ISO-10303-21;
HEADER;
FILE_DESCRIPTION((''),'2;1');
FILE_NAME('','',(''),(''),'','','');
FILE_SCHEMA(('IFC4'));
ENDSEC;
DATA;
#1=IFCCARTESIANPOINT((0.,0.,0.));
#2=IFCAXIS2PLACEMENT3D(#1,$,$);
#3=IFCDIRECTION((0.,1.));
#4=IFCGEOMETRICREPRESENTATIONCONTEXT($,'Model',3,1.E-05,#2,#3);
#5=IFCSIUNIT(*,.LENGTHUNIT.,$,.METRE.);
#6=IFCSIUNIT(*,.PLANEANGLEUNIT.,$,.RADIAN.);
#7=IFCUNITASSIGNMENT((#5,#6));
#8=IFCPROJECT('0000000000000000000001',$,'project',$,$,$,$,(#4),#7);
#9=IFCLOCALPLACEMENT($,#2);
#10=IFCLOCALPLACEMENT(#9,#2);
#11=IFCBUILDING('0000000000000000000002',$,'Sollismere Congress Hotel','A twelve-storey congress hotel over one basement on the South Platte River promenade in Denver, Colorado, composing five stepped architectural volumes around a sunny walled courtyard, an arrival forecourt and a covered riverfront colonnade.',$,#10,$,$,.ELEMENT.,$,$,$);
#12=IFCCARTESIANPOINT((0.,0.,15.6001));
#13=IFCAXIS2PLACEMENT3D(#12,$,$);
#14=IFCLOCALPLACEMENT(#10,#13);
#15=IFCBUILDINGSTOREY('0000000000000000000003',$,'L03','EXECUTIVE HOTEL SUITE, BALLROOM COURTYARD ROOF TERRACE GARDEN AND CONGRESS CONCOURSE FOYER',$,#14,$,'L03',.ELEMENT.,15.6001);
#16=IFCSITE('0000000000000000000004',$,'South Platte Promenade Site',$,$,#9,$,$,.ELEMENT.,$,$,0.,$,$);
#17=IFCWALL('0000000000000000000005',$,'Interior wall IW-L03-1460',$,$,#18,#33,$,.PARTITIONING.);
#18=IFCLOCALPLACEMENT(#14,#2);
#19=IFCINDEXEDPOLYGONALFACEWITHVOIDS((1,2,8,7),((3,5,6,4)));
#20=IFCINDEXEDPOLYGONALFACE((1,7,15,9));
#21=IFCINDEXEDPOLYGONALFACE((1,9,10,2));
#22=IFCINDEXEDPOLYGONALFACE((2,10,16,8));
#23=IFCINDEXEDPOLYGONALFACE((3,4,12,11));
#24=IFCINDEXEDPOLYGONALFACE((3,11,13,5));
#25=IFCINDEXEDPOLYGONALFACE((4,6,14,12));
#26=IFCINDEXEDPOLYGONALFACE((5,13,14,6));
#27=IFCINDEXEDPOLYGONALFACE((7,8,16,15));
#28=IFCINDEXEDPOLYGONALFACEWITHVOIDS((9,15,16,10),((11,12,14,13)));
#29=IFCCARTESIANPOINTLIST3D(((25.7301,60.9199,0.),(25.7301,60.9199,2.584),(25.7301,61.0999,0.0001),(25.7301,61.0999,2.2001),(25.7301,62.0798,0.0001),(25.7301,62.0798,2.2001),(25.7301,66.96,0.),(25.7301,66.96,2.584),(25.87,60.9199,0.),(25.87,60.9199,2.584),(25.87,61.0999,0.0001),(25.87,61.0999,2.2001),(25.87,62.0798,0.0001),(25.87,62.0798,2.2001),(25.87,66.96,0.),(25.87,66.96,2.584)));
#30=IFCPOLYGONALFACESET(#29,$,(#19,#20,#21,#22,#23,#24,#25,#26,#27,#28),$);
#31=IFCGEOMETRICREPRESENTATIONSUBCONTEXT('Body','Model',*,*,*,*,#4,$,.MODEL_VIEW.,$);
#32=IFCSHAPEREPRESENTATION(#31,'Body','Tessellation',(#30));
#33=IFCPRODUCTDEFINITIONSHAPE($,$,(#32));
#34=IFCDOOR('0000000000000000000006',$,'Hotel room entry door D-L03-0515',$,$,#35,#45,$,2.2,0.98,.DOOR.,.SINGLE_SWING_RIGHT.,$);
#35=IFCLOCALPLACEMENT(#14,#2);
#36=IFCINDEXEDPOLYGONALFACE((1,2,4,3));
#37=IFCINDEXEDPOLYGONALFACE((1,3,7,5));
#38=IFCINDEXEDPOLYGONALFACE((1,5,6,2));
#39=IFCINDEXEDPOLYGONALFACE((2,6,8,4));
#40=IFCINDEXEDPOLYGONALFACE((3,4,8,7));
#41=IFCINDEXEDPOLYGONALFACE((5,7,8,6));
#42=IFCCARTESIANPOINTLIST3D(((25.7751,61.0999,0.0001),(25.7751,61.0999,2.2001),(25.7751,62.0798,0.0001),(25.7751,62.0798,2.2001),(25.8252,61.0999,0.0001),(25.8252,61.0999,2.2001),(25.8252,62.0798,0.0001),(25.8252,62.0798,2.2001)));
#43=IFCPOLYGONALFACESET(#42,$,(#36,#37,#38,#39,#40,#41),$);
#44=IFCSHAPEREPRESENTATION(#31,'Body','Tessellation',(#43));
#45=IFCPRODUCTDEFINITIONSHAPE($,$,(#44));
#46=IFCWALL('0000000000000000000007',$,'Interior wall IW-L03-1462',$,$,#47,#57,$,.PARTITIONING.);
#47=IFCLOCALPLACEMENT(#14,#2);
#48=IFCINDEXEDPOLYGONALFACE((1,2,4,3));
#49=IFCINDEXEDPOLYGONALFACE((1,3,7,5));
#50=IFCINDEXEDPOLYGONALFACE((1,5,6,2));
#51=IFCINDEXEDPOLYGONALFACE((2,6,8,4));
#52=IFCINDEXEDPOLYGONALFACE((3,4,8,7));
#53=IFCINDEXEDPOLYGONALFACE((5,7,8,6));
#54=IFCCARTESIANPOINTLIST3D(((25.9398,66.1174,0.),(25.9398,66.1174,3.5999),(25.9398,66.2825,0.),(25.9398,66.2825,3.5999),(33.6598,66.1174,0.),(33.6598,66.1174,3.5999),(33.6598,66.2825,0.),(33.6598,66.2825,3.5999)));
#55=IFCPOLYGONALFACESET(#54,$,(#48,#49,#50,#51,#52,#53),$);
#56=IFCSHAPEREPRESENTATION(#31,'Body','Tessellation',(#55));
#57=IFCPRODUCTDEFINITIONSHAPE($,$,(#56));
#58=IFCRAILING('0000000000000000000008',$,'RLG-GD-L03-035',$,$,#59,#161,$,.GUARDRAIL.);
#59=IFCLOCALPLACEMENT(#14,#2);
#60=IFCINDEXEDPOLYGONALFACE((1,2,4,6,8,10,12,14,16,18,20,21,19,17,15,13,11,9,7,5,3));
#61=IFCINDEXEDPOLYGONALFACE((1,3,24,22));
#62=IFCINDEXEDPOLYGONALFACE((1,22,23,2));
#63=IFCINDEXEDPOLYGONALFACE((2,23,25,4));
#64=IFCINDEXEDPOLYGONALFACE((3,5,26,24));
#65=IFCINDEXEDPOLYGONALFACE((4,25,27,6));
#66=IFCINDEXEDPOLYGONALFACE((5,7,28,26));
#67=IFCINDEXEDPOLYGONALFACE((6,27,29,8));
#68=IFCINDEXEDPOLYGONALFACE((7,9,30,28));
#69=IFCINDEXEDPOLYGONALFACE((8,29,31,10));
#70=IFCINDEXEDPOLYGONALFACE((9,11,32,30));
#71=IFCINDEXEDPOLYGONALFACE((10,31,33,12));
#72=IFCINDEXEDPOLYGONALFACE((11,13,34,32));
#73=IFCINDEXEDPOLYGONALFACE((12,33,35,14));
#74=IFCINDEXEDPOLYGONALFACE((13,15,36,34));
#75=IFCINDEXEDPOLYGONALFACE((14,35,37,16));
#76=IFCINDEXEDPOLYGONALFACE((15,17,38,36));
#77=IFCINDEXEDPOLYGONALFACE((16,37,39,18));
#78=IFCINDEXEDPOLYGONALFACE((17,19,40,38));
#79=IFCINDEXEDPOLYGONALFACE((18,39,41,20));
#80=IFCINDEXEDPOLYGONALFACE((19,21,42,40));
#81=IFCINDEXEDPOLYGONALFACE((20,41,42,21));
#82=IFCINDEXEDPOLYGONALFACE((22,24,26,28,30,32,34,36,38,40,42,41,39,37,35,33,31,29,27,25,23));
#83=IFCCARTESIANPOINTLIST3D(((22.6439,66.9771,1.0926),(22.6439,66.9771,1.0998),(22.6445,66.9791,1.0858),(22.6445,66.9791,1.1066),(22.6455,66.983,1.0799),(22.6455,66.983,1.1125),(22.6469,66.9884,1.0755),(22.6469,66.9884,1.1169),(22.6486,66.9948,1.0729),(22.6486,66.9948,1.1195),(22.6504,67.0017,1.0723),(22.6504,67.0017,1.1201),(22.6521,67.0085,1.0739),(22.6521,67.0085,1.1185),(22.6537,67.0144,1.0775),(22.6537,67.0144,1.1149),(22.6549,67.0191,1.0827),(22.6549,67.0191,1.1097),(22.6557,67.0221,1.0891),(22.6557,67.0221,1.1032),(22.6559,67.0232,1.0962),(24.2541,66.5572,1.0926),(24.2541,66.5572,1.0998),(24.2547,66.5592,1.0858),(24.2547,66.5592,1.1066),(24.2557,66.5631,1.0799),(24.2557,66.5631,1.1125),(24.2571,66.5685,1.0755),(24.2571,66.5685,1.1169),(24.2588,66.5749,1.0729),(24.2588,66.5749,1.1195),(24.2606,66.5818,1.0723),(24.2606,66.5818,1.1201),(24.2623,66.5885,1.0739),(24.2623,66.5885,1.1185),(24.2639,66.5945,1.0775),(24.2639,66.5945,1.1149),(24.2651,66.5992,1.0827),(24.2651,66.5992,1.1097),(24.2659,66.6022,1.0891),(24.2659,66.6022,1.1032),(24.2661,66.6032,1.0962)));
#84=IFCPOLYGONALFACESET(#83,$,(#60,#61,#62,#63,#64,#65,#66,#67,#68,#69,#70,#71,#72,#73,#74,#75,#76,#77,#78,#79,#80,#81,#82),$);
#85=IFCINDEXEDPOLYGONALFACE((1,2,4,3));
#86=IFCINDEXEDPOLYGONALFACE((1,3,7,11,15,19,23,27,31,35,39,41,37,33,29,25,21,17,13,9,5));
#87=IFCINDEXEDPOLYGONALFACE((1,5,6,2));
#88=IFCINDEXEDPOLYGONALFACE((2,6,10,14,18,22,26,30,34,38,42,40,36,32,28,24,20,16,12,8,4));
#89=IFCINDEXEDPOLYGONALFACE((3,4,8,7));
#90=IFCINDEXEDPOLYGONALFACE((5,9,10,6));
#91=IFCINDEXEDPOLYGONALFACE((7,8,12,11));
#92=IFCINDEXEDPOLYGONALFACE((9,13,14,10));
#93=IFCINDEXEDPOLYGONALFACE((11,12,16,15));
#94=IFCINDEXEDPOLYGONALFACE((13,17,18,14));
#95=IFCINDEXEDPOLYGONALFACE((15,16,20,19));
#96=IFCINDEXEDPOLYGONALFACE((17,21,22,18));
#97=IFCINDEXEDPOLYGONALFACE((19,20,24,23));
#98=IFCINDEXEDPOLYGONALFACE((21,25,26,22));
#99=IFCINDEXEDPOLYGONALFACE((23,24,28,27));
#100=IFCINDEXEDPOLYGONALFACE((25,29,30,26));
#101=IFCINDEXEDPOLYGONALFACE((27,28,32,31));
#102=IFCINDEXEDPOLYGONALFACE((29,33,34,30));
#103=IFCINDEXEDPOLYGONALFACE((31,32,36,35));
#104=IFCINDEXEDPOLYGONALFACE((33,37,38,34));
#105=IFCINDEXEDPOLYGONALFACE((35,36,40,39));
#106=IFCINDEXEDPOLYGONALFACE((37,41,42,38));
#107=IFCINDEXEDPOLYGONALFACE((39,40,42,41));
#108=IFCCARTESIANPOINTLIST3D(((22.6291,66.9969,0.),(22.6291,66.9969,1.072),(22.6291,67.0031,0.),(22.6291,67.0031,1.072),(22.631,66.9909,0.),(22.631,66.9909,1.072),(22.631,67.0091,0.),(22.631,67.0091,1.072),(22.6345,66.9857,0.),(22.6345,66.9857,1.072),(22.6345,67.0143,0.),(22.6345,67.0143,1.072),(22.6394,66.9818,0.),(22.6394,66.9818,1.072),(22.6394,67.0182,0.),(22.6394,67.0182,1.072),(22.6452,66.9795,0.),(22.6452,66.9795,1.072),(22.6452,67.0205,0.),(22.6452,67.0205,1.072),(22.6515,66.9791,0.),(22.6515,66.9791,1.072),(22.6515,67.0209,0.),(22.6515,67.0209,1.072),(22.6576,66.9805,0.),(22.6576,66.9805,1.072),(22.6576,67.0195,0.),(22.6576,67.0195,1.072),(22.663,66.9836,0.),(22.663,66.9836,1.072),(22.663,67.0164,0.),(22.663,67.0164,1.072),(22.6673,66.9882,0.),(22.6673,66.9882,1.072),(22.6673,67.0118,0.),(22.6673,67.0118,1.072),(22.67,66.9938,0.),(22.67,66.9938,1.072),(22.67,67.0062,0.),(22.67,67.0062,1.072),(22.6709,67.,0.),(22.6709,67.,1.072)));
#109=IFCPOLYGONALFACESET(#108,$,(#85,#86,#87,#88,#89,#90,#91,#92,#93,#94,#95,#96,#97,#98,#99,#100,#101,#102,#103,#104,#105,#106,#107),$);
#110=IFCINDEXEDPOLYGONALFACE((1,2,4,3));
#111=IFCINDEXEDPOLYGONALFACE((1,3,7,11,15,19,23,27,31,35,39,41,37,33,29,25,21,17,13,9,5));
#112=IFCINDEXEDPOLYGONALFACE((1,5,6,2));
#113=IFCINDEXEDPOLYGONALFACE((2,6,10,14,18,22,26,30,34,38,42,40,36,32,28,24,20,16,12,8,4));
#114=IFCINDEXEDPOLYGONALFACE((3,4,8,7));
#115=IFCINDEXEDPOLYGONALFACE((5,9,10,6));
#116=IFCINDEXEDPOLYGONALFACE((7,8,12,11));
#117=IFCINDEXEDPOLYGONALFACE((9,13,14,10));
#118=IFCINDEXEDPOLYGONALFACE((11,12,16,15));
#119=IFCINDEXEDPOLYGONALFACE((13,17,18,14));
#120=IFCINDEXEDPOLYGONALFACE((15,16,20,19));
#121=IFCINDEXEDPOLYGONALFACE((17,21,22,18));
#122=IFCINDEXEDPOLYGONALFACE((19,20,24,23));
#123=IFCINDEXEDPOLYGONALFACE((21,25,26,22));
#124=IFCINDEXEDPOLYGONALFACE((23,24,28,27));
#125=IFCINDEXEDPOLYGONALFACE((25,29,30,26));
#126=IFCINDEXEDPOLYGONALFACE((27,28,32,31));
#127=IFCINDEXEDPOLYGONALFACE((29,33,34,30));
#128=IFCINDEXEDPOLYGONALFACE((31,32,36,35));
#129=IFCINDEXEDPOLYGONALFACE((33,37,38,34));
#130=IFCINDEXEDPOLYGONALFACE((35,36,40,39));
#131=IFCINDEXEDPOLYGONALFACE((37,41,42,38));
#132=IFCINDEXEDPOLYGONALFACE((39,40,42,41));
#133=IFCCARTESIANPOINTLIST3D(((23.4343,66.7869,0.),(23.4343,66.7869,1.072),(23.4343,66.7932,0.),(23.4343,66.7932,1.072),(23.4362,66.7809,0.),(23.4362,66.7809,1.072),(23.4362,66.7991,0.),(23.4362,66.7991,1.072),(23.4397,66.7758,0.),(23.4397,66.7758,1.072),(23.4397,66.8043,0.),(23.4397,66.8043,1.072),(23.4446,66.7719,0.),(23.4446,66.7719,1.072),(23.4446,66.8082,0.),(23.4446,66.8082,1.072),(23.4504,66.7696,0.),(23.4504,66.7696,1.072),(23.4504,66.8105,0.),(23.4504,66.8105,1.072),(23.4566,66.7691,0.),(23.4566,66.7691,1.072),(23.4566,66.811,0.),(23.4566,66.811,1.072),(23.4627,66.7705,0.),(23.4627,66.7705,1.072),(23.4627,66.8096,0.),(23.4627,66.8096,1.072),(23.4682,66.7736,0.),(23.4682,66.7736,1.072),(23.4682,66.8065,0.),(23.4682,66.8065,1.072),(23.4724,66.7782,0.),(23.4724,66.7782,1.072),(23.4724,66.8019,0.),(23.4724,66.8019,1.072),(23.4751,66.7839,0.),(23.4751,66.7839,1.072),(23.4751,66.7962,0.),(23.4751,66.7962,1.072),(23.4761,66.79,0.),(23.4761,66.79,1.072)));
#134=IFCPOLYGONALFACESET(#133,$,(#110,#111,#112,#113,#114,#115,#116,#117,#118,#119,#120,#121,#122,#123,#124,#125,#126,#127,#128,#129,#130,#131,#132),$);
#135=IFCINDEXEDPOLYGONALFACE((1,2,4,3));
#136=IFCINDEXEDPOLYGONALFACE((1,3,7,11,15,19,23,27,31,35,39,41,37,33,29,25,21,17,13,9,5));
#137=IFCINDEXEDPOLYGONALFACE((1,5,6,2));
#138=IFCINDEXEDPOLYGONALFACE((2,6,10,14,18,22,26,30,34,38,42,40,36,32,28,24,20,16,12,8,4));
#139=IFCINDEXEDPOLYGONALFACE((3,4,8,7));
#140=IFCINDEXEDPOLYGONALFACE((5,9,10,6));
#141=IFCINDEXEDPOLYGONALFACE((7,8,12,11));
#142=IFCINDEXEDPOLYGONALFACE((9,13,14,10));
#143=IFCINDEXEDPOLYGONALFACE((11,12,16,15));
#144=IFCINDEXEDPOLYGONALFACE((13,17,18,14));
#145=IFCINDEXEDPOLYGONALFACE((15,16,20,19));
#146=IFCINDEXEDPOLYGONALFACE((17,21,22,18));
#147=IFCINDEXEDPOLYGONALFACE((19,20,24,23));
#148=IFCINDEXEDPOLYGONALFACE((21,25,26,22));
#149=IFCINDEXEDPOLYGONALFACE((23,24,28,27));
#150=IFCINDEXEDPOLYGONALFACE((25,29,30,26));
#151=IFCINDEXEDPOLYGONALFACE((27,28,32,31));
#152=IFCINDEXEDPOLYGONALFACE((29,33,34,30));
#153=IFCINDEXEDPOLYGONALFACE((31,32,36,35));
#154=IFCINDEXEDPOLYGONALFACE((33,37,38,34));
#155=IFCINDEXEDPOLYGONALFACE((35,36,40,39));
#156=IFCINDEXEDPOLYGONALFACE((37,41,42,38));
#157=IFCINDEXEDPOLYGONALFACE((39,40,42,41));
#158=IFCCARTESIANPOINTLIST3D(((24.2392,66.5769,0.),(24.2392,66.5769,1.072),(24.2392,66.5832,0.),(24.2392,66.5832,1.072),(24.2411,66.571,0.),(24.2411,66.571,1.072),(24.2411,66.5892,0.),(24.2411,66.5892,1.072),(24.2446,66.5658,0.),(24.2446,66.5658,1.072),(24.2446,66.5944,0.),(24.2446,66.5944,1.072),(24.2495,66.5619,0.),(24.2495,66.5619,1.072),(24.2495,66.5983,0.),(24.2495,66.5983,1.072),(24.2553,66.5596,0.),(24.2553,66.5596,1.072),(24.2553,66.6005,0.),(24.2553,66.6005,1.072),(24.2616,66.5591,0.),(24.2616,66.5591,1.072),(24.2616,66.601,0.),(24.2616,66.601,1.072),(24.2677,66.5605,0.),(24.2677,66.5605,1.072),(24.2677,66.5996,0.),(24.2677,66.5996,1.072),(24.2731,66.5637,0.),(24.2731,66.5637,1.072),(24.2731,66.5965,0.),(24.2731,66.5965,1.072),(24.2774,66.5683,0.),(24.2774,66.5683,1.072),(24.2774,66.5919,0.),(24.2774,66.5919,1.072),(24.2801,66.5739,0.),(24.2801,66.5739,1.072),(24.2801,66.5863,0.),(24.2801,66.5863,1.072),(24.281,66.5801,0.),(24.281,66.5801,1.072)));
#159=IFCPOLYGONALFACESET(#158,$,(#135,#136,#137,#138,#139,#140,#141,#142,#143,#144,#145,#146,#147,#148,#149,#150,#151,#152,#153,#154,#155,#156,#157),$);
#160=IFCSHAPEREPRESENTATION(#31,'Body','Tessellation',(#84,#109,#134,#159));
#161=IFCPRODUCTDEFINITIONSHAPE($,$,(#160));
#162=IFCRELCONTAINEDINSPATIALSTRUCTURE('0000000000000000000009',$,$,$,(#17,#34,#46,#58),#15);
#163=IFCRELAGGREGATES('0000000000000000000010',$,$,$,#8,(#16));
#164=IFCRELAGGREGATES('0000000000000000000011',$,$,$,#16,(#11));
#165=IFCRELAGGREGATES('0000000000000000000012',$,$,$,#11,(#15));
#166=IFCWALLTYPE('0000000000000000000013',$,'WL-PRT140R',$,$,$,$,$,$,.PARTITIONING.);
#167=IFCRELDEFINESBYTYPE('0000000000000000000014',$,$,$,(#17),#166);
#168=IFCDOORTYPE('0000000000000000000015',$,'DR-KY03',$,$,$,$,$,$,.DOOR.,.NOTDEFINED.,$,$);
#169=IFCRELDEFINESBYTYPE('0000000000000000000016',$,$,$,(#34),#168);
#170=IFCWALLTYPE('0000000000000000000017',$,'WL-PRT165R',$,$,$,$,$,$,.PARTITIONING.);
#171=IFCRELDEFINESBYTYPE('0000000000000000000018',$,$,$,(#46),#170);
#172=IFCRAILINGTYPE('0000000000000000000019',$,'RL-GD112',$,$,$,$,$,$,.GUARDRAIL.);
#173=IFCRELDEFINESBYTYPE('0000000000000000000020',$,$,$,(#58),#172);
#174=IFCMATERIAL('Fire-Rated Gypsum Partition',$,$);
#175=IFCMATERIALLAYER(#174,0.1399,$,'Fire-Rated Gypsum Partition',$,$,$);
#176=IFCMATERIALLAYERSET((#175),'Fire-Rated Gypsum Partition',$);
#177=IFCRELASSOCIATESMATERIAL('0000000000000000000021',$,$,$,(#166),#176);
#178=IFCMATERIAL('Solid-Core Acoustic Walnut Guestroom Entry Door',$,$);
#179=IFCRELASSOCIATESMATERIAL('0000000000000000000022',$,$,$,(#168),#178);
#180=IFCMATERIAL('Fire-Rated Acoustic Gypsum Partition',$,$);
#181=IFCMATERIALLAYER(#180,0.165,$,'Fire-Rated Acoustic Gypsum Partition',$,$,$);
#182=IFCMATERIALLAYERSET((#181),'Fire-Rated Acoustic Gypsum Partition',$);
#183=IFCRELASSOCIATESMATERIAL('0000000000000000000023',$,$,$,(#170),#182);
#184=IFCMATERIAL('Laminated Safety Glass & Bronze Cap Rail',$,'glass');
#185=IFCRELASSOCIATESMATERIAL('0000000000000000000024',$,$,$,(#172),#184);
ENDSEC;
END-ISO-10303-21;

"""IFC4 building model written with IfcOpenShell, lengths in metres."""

from ifc_helpers import new_model, si_unit, direction, frame, frame_2d, origin, origin_2d, place, context, subcontext, project, spatial, rectangle, circle, extrude, material, layer, layer_set, type_object, element, fill, save


model = new_model("IFC4")

# Units and contexts
model_context = context("Model", 3, precision=1e-05, world=origin(), true_north=direction((0.0, 1.0)))
body_context = subcontext(model_context, "Body", "Model", "MODEL_VIEW")
ifc_project = project(units=[si_unit("LENGTHUNIT", "METRE"), si_unit("PLANEANGLEUNIT", "RADIAN")], contexts=[model_context])

# Site, building, storey
site_placement = place(None, origin())
site = spatial("IfcSite", under=ifc_project, at=site_placement, Name="South Platte Promenade Site", CompositionType="ELEMENT", RefElevation=0.0)
building_placement = place(site_placement, origin())
building = spatial("IfcBuilding", under=site, at=building_placement, Name="Sollismere Congress Hotel", Description="A twelve-storey congress hotel over one basement on the South Platte River promenade in Denver, Colorado, composing five stepped architectural volumes around a sunny walled courtyard, an arrival forecourt and a covered riverfront colonnade.", CompositionType="ELEMENT")
storey_placement = place(building_placement, frame((0.0, 0.0, 15.6001)))
storey = spatial("IfcBuildingStorey", under=building, at=storey_placement, Name="L03", Description="EXECUTIVE HOTEL SUITE, BALLROOM COURTYARD ROOF TERRACE GARDEN AND CONGRESS CONCOURSE FOYER", LongName="L03", CompositionType="ELEMENT", Elevation=15.6001)

# Shared definitions
ifc_material_1 = material(Name="Fire-Rated Gypsum Partition")
ifc_layer_1 = layer(ifc_material_1, 0.1399, Name="Fire-Rated Gypsum Partition")
ifc_layer_set_1 = layer_set([ifc_layer_1], Name="Fire-Rated Gypsum Partition")
wall_type_1 = type_object("IfcWallType", Name="WL-PRT140R", PredefinedType="PARTITIONING", material=ifc_layer_set_1)

# Wall, opening, door
wall_1_placement = place(storey_placement, frame((25.8, 60.9199, 0.0), z_axis=(0.0, 0.0, 1.0), x_axis=(0.0, 1.0, 0.0)))
wall_1 = element("IfcWall", 1, at=wall_1_placement, inside=storey, type_object=wall_type_1, Name="Interior wall IW-L03-1460", PredefinedType="PARTITIONING", context=body_context, shape_type="SweptSolid", body=[
    extrude(rectangle(XDim=6.04, YDim=0.1399, at=frame_2d((3.02, 0.0))), origin(), (0.0, 0.0, 1.0), 2.584),
])
opening_placement = place(wall_1_placement, frame((0.1799, 0.0, 0.0)))
opening = element("IfcOpeningElement", 2, at=opening_placement, cuts=wall_1, PredefinedType="OPENING", context=body_context, shape_type="SweptSolid", body=[
    extrude(rectangle(XDim=0.98, YDim=2.2, at=frame_2d((0.49, 1.1001))), frame((0.0, 0.0798, 0.0), z_axis=(0.0, -1.0, 0.0), x_axis=(1.0, 0.0, 0.0)), (0.0, 0.0, 1.0), 0.1599),
])
ifc_material_2 = material(Name="Solid-Core Acoustic Walnut Guestroom Entry Door")
door_type = type_object("IfcDoorType", Name="DR-KY03", OperationType="NOTDEFINED", PredefinedType="DOOR", material=ifc_material_2)
door_placement = place(opening_placement, origin())
door = element("IfcDoor", 3, at=door_placement, inside=storey, type_object=door_type, Name="Hotel room entry door D-L03-0515", OperationType="SINGLE_SWING_RIGHT", OverallHeight=2.2, OverallWidth=0.98, PredefinedType="DOOR", context=body_context, shape_type="SweptSolid", body=[
    extrude(rectangle(XDim=0.98, YDim=2.2, at=frame_2d((0.49, 1.1001))), frame((0.0, 0.0249, 0.0), z_axis=(0.0, -1.0, 0.0), x_axis=(1.0, 0.0, 0.0)), (0.0, 0.0, 1.0), 0.05),
])
fill(opening, door)

# Wall
ifc_material_3 = material(Name="Fire-Rated Acoustic Gypsum Partition")
ifc_layer_2 = layer(ifc_material_3, 0.165, Name="Fire-Rated Acoustic Gypsum Partition")
ifc_layer_set_2 = layer_set([ifc_layer_2], Name="Fire-Rated Acoustic Gypsum Partition")
wall_type_2 = type_object("IfcWallType", Name="WL-PRT165R", PredefinedType="PARTITIONING", material=ifc_layer_set_2)
wall_2_placement = place(storey_placement, frame((25.9399, 66.2, 0.0), z_axis=(0.0, 0.0, 1.0), x_axis=(1.0, 0.0, 0.0)))
element("IfcWall", 4, at=wall_2_placement, inside=storey, type_object=wall_type_2, Name="Interior wall IW-L03-1462", PredefinedType="PARTITIONING", context=body_context, shape_type="SweptSolid", body=[
    extrude(rectangle(XDim=7.72, YDim=0.165, at=frame_2d((3.8599, 0.0))), origin(), (0.0, 0.0, 1.0), 3.5999),
])

# Railing
ifc_material_4 = material(Name="Laminated Safety Glass & Bronze Cap Rail", Category="glass")
railing_type = type_object("IfcRailingType", Name="RL-GD112", PredefinedType="GUARDRAIL", material=ifc_material_4)
railing_1_placement = place(storey_placement, frame((22.6499, 67.0, 0.0)))
element("IfcRailing", 5, at=railing_1_placement, inside=storey, type_object=railing_type, Name="RLG-GD-L03-035", PredefinedType="GUARDRAIL", context=body_context, shape_type="SweptSolid", body=[
    extrude(circle(Radius=0.0239, at=origin_2d()), frame((0.0, 0.0, 1.0962), z_axis=(0.967633, -0.252362, 0.0), x_axis=(0.252362, 0.967633, 0.0)), (0.0, 0.0, 1.0), 1.6641),
    extrude(circle(Radius=0.021, at=origin_2d()), origin(), (0.0, 0.0, 1.0), 1.072),
    extrude(circle(Radius=0.021, at=origin_2d()), frame((0.8052, -0.21, 0.0)), (0.0, 0.0, 1.0), 1.072),
    extrude(circle(Radius=0.021, at=origin_2d()), frame((1.6101, -0.4199, 0.0)), (0.0, 0.0, 1.0), 1.072),
])

save(model, "model.ifc")
